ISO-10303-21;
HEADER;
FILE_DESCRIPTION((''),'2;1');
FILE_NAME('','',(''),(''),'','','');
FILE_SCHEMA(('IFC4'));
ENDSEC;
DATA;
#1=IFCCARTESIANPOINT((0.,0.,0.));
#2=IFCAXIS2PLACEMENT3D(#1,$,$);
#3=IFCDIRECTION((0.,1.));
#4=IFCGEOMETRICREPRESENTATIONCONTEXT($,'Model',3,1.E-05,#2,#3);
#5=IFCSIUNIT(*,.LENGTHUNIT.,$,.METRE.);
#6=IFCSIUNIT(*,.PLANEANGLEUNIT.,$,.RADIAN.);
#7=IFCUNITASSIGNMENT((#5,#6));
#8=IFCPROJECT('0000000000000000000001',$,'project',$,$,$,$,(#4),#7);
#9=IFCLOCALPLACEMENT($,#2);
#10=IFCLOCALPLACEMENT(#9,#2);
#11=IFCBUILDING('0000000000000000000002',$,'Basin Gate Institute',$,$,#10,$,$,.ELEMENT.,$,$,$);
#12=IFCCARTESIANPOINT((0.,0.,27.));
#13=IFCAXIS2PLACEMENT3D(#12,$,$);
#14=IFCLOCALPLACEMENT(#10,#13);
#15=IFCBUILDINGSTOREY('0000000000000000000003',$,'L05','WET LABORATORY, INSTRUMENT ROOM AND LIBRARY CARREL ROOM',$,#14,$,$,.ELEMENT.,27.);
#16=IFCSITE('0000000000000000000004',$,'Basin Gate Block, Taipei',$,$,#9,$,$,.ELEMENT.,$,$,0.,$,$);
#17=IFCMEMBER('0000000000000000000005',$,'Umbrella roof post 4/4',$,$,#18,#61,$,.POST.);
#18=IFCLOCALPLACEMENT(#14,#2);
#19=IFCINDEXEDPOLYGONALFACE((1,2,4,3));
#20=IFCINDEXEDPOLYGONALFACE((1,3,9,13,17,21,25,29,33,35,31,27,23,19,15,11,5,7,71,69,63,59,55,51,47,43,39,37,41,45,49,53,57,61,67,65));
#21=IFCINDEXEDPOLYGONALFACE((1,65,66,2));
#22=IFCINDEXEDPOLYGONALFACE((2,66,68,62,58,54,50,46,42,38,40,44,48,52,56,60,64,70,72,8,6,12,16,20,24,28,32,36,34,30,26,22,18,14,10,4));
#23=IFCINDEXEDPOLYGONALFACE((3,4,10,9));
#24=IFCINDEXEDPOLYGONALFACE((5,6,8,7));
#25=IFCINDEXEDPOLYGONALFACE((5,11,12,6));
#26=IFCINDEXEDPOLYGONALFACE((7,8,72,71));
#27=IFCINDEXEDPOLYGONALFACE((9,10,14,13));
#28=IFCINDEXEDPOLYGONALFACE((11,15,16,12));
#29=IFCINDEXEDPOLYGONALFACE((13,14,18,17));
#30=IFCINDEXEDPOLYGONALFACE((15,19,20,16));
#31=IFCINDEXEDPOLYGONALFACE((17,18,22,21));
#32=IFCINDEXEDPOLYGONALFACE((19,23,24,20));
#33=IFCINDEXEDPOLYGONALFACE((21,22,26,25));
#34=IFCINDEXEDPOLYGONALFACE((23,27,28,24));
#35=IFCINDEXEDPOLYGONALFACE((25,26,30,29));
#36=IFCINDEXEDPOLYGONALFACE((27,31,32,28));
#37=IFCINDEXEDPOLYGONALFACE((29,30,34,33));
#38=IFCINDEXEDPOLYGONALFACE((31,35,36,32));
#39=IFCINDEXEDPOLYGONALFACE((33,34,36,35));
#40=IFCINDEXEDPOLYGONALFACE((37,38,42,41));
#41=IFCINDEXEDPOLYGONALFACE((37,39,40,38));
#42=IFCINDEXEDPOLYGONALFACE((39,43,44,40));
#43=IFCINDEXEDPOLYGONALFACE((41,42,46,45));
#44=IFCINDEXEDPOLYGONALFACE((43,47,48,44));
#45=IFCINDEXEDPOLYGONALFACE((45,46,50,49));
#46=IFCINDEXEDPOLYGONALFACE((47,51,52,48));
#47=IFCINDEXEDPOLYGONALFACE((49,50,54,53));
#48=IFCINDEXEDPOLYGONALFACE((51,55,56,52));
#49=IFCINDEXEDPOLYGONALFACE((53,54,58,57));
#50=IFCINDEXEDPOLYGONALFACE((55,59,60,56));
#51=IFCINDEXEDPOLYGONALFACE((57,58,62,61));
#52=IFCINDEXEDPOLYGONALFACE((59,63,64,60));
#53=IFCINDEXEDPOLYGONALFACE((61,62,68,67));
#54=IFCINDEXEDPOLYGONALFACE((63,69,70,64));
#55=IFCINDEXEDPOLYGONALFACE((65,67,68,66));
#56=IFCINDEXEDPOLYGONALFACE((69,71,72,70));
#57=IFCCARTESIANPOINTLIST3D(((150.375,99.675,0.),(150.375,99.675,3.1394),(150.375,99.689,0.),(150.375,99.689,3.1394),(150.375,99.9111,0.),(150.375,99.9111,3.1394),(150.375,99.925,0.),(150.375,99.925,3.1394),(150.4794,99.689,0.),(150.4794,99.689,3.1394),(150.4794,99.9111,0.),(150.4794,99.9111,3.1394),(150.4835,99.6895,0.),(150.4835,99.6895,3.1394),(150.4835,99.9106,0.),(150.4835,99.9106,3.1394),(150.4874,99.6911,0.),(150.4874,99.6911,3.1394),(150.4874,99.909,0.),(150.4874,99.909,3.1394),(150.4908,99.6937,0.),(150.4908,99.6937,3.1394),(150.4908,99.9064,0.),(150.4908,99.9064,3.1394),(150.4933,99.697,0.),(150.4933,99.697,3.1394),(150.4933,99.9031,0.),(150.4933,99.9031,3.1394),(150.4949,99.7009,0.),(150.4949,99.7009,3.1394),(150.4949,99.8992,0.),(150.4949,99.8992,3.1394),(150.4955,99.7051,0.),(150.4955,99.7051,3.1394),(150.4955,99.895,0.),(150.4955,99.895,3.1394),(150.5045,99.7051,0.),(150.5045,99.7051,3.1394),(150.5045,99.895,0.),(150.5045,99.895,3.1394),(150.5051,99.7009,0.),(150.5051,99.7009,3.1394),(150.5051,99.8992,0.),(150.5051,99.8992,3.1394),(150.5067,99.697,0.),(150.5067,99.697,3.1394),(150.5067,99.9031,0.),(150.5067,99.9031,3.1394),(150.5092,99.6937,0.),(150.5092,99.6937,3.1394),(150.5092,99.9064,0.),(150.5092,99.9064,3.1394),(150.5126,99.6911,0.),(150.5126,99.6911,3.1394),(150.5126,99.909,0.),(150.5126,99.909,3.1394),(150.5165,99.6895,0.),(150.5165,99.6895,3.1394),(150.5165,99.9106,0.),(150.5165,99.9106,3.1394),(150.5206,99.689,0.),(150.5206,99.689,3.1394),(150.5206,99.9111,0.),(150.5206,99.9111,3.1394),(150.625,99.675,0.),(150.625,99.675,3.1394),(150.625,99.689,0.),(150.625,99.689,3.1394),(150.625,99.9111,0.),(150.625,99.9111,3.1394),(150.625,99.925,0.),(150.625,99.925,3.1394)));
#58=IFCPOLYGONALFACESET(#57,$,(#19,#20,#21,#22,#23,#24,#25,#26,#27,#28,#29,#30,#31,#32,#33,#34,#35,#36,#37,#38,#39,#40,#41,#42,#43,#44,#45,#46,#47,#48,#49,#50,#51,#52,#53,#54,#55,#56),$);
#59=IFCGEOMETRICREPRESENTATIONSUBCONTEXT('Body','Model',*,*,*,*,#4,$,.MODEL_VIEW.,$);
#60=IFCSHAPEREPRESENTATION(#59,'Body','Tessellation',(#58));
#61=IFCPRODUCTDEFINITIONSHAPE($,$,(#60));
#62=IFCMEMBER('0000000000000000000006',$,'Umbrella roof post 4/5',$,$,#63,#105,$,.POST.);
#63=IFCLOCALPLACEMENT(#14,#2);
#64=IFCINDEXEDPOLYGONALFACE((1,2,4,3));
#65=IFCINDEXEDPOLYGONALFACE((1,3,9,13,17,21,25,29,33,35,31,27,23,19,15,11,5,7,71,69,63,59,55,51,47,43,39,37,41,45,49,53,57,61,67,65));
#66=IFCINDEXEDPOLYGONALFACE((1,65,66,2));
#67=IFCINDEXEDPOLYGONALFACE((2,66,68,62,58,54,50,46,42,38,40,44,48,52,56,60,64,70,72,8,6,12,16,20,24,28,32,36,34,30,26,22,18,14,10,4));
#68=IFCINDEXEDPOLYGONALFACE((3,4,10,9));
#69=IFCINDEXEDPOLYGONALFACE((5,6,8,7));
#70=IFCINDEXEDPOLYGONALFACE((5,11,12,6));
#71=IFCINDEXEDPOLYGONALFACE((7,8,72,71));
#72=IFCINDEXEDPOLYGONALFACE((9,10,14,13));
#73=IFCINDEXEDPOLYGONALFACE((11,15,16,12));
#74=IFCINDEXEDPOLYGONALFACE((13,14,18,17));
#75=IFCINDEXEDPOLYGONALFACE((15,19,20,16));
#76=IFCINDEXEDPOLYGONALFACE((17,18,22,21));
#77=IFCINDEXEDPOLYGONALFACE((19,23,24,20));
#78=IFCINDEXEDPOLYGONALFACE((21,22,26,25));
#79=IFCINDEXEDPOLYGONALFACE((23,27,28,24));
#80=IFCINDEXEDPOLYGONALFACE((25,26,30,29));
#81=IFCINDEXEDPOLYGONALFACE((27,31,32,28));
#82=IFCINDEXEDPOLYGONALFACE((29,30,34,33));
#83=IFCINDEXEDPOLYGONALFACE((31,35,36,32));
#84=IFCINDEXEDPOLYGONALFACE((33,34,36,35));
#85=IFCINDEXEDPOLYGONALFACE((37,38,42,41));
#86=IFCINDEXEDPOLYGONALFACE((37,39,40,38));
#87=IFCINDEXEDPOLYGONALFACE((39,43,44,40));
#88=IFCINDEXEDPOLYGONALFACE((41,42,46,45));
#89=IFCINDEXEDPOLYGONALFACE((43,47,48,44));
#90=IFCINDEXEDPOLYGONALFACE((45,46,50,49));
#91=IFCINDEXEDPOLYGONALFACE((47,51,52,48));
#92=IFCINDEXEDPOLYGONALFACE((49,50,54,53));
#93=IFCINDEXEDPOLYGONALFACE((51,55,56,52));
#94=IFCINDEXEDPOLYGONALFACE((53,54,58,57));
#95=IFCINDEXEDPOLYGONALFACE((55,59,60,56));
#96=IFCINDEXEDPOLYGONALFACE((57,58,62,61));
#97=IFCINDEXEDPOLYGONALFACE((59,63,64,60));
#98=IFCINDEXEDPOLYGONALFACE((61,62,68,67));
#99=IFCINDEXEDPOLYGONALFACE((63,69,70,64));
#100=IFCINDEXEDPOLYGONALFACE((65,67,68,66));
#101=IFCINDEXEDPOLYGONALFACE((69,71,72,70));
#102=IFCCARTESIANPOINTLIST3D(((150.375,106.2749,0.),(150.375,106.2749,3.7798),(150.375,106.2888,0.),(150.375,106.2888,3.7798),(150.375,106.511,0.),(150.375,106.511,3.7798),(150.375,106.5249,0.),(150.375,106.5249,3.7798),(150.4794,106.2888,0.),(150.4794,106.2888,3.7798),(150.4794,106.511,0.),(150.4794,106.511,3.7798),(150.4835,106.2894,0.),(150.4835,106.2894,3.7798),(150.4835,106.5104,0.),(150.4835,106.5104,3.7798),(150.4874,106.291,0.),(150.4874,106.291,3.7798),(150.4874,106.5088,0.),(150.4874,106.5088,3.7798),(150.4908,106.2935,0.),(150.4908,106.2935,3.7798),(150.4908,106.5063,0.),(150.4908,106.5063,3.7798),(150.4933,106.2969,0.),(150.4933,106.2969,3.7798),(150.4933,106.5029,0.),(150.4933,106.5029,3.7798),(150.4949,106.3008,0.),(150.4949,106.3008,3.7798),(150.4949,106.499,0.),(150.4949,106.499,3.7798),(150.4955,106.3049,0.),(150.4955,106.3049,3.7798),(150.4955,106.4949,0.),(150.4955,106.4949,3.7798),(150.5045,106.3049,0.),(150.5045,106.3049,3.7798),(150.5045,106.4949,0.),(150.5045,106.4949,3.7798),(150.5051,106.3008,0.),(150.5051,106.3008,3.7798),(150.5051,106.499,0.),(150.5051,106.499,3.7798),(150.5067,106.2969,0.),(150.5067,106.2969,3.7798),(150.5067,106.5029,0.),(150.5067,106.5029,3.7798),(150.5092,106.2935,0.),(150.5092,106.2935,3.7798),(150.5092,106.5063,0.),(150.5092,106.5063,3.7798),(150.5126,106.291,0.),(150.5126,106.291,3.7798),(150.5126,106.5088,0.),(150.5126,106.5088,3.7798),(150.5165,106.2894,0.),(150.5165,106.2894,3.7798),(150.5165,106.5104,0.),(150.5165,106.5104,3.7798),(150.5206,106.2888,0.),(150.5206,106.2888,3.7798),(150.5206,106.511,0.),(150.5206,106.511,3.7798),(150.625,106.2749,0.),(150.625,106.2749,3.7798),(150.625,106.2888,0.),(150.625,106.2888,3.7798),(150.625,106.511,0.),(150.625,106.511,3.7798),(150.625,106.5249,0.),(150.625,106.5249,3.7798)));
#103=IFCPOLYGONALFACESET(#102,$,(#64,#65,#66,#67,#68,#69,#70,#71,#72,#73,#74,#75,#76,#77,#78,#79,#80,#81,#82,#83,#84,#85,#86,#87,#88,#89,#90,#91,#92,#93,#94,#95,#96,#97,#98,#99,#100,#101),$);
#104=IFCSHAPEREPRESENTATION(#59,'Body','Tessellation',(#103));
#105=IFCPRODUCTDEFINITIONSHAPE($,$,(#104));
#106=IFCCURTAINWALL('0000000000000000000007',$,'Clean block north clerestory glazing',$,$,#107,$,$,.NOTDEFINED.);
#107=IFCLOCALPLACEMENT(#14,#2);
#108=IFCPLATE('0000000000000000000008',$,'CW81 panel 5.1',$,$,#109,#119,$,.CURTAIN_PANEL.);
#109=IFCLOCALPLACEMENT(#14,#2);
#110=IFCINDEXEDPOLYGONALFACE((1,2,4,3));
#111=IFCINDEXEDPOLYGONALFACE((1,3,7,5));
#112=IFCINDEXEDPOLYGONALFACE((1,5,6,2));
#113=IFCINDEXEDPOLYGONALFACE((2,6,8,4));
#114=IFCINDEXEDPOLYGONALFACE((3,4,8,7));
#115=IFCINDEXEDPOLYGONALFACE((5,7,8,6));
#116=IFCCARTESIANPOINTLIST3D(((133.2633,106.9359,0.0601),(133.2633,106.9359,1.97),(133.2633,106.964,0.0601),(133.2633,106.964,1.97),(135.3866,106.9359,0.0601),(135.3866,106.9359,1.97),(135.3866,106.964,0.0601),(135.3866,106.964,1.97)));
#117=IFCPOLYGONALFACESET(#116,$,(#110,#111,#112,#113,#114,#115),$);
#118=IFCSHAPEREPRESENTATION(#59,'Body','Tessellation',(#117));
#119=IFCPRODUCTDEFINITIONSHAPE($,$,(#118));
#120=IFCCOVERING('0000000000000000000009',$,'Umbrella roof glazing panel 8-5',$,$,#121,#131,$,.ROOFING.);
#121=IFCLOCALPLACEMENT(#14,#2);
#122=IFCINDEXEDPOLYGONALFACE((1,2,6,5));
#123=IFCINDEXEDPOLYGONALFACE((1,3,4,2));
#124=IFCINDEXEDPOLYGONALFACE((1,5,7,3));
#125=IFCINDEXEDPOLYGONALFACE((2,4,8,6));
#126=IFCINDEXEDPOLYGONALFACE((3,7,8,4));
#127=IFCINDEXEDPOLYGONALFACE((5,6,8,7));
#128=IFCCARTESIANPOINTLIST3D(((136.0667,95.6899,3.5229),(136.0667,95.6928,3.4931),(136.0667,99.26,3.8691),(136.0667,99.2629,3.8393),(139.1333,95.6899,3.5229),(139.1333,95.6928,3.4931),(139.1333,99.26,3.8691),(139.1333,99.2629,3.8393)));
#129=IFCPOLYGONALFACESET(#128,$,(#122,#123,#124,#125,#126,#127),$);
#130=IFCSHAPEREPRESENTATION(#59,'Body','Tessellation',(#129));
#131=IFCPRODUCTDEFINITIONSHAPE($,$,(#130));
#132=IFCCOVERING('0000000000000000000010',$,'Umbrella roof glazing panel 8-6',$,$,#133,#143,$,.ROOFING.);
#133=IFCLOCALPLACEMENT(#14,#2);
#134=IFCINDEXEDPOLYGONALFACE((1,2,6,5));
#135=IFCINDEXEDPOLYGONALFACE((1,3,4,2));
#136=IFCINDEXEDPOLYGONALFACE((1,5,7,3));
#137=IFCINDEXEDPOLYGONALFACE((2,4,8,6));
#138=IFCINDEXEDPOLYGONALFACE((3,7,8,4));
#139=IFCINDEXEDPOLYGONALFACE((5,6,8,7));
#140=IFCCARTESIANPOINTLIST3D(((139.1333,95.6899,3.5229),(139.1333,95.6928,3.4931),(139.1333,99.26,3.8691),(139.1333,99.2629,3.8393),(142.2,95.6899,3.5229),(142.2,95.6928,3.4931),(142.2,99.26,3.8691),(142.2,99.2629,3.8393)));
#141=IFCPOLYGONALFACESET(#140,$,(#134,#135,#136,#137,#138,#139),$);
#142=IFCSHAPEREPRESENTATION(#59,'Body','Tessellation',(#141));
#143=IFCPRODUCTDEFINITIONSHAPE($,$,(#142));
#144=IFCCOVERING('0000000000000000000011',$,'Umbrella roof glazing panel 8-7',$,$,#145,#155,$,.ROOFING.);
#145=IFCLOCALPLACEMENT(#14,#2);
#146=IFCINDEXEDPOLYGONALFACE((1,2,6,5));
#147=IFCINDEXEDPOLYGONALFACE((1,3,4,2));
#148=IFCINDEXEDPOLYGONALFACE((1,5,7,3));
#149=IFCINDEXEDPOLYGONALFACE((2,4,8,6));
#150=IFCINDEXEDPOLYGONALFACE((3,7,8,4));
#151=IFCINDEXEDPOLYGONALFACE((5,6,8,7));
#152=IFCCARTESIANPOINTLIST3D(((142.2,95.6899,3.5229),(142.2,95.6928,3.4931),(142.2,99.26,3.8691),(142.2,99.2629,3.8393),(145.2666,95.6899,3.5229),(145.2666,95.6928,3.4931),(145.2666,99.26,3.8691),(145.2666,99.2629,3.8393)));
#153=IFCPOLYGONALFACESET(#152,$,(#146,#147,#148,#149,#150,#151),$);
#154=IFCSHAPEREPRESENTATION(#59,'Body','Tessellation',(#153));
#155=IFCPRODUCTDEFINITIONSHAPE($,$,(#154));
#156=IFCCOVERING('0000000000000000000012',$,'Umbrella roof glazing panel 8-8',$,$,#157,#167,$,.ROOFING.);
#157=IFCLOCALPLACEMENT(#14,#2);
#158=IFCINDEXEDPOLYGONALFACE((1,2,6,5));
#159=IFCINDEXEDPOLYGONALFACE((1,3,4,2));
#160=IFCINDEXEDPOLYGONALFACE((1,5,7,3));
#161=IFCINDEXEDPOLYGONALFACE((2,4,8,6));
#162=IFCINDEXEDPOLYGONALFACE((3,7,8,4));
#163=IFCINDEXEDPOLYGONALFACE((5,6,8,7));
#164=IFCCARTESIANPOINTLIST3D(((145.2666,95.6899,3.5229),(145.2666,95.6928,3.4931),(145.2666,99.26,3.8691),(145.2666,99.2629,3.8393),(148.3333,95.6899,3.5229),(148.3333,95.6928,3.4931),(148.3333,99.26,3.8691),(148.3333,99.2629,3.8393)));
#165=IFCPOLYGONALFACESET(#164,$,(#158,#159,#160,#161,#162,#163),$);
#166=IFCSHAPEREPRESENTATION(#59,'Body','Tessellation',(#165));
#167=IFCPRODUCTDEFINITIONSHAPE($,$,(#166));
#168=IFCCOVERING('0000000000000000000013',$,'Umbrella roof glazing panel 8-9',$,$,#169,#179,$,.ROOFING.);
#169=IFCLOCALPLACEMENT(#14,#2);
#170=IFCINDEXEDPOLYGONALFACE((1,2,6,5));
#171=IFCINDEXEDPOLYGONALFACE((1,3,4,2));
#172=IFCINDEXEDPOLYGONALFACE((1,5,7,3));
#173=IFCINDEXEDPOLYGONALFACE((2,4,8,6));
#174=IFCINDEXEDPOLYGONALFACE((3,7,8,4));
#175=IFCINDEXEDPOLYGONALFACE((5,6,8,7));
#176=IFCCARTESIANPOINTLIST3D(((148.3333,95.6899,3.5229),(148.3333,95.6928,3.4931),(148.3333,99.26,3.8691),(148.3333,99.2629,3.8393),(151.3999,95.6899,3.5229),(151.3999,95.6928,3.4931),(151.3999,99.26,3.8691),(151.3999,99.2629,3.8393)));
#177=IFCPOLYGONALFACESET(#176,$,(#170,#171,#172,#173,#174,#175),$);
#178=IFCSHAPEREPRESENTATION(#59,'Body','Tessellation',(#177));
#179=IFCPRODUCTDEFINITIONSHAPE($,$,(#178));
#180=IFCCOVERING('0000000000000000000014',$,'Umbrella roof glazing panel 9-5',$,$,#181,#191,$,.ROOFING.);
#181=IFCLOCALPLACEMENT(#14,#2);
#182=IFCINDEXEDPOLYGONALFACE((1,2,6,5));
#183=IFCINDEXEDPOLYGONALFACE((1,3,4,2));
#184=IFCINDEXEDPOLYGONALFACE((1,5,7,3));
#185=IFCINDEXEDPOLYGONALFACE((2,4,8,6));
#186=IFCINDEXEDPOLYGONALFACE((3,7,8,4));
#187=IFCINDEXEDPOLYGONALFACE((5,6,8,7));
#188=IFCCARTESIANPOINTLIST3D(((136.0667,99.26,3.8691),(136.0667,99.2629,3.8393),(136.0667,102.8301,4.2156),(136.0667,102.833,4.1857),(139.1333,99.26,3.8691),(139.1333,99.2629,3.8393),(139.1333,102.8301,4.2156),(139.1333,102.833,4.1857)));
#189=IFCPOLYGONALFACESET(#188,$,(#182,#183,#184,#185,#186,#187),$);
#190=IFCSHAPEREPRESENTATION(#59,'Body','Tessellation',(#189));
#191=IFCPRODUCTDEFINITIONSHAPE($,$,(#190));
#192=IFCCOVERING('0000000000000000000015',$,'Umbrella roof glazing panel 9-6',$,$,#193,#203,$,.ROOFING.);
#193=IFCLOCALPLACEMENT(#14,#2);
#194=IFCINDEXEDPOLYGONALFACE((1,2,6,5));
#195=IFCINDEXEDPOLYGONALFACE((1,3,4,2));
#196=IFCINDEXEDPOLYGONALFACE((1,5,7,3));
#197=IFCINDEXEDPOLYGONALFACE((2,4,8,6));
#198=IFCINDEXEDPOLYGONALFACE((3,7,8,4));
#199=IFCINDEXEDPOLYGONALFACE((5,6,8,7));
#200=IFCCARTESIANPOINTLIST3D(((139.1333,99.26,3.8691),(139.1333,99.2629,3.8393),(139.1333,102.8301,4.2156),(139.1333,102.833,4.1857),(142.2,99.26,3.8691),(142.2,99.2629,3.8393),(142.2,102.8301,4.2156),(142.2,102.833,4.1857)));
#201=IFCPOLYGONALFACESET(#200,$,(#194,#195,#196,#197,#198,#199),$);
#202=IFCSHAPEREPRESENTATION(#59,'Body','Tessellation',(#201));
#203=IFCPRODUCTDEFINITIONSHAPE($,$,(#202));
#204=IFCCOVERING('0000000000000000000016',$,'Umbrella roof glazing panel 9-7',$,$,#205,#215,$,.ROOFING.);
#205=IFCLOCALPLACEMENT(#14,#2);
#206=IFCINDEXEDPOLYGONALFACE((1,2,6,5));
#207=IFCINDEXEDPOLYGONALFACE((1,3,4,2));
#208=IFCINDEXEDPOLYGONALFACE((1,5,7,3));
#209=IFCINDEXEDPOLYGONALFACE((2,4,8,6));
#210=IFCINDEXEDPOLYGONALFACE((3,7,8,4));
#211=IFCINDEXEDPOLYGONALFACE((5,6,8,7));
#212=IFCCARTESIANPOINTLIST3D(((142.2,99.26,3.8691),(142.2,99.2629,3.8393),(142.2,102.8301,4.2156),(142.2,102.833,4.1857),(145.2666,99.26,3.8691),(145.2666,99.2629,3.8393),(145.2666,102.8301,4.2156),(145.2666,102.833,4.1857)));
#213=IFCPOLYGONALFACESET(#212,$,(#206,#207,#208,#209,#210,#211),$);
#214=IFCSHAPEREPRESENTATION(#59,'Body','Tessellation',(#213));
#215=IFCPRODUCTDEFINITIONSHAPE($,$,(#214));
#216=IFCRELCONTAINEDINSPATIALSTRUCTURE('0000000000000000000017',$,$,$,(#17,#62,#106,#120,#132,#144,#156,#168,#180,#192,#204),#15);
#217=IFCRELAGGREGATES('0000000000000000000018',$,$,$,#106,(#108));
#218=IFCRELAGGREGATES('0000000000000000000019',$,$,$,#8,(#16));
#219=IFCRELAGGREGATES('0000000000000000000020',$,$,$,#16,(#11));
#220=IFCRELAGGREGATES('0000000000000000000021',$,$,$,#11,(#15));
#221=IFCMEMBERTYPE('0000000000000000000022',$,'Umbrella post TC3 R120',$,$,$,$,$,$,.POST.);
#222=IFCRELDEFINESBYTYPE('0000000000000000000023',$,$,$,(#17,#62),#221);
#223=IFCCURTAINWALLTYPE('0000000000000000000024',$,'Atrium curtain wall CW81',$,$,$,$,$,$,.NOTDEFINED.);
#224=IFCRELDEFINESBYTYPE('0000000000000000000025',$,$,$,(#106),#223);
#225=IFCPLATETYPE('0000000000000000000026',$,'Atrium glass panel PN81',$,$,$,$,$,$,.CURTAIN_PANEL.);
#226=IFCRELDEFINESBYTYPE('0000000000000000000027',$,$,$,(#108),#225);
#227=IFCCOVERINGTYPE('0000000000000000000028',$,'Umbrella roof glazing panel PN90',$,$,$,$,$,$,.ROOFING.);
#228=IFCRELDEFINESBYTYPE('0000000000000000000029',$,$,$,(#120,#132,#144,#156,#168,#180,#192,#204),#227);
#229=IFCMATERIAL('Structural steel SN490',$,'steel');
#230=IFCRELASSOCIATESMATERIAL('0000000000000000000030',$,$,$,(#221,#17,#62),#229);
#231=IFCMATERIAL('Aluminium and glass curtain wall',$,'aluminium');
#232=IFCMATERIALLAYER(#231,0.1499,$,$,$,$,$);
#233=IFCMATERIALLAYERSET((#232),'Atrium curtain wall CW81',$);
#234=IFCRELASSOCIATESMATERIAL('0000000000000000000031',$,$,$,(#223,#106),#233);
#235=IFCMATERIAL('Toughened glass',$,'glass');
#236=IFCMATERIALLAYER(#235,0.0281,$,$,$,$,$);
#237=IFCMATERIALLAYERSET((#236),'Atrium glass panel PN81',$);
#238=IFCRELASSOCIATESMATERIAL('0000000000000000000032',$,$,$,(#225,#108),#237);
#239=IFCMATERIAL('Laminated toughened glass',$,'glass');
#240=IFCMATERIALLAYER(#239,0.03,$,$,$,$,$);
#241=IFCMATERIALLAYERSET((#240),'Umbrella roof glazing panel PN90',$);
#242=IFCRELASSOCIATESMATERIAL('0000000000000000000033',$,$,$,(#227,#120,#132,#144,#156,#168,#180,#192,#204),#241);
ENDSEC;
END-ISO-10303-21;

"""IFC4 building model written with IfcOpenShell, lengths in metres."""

from ifc_helpers import new_model, si_unit, direction, frame, origin, origin_2d, place, context, subcontext, project, spatial, polyline, rectangle, i_section, outline, extrude, material, layer, layer_set, material_profile, profile_set, type_object, element, aggregate, save


model = new_model("IFC4")

# Units and contexts
model_context = context("Model", 3, precision=1e-05, world=origin(), true_north=direction((0.0, 1.0)))
body_context = subcontext(model_context, "Body", "Model", "MODEL_VIEW")
ifc_project = project(units=[si_unit("LENGTHUNIT", "METRE"), si_unit("PLANEANGLEUNIT", "RADIAN")], contexts=[model_context])

# Site, building, storey
site_placement = place(None, origin())
site = spatial("IfcSite", under=ifc_project, at=site_placement, Name="Basin Gate Block, Taipei", CompositionType="ELEMENT", RefElevation=0.0)
building_placement = place(site_placement, origin())
building = spatial("IfcBuilding", under=site, at=building_placement, Name="Basin Gate Institute", CompositionType="ELEMENT")
storey_placement = place(building_placement, frame((0.0, 0.0, 27.0)))
storey = spatial("IfcBuildingStorey", under=building, at=storey_placement, Name="L05", Description="WET LABORATORY, INSTRUMENT ROOM AND LIBRARY CARREL ROOM", CompositionType="ELEMENT", Elevation=27.0)

# Members
ifc_material_1 = material(Name="Structural steel SN490", Category="steel")
ifc_material_profile = material_profile(ifc_material_1, i_section(OverallWidth=0.25, OverallDepth=0.25, WebThickness=0.009, FlangeThickness=0.0139, FilletRadius=0.0161, at=origin_2d()), Name="H250x250")
ifc_profile_set = profile_set([ifc_material_profile], Name="Structural steel SN490")
member_type = type_object("IfcMemberType", Name="Umbrella post TC3 R120", PredefinedType="POST", material=ifc_profile_set)
member_1_placement = place(storey_placement, frame((150.5, 99.8, 0.0), z_axis=(0.0, 0.0, 1.0), x_axis=(1.0, 0.0, 0.0)))
element("IfcMember", 1, at=member_1_placement, inside=storey, type_object=member_type, material=ifc_profile_set, Name="Umbrella roof post 4/4", PredefinedType="POST", context=body_context, shape_type="SweptSolid", body=[
    extrude(i_section(OverallWidth=0.25, OverallDepth=0.25, WebThickness=0.009, FlangeThickness=0.0139, FilletRadius=0.0161, at=origin_2d()), origin(), (0.0, 0.0, 1.0), 3.1394),
])
member_2_placement = place(storey_placement, frame((150.5, 106.3999, 0.0), z_axis=(0.0, 0.0, 1.0), x_axis=(1.0, 0.0, 0.0)))
element("IfcMember", 2, at=member_2_placement, inside=storey, type_object=member_type, material=ifc_profile_set, Name="Umbrella roof post 4/5", PredefinedType="POST", context=body_context, shape_type="SweptSolid", body=[
    extrude(i_section(OverallWidth=0.25, OverallDepth=0.25, WebThickness=0.009, FlangeThickness=0.0139, FilletRadius=0.0161, at=origin_2d()), origin(), (0.0, 0.0, 1.0), 3.7798),
])

# Curtain wall, plate
ifc_material_2 = material(Name="Aluminium and glass curtain wall", Category="aluminium")
ifc_layer_1 = layer(ifc_material_2, 0.1499)
ifc_layer_set_1 = layer_set([ifc_layer_1], Name="Atrium curtain wall CW81")
curtain_wall_type = type_object("IfcCurtainWallType", Name="Atrium curtain wall CW81", PredefinedType="NOTDEFINED", material=ifc_layer_set_1)
curtain_wall_placement = place(storey_placement, origin())
curtain_wall = element("IfcCurtainWall", 3, at=curtain_wall_placement, inside=storey, type_object=curtain_wall_type, material=ifc_layer_set_1, Name="Clean block north clerestory glazing", PredefinedType="NOTDEFINED")
ifc_material_3 = material(Name="Toughened glass", Category="glass")
ifc_layer_2 = layer(ifc_material_3, 0.0281)
ifc_layer_set_2 = layer_set([ifc_layer_2], Name="Atrium glass panel PN81")
plate_type = type_object("IfcPlateType", Name="Atrium glass panel PN81", PredefinedType="CURTAIN_PANEL", material=ifc_layer_set_2)
plate_placement = place(storey_placement, frame((134.325, 106.95, 0.0601), z_axis=(0.0, 0.0, 1.0), x_axis=(1.0, 0.0, 0.0)))
plate = element("IfcPlate", 4, at=plate_placement, type_object=plate_type, material=ifc_layer_set_2, Name="CW81 panel 5.1", PredefinedType="CURTAIN_PANEL", context=body_context, shape_type="SweptSolid", body=[
    extrude(rectangle(XDim=2.1233, YDim=0.0281, at=origin_2d()), origin(), (0.0, 0.0, 1.0), 1.9099),
])
aggregate(curtain_wall, [plate])

# Coverings
ifc_material_4 = material(Name="Laminated toughened glass", Category="glass")
ifc_layer_3 = layer(ifc_material_4, 0.03)
ifc_layer_set_3 = layer_set([ifc_layer_3], Name="Umbrella roof glazing panel PN90")
covering_type = type_object("IfcCoveringType", Name="Umbrella roof glazing panel PN90", PredefinedType="ROOFING", material=ifc_layer_set_3)
for number, where, z_axis, x_axis, name in (
    (5, (136.0667, 95.6899, 3.5229), (0.0, -0.096518, 0.995331), (1.0, 0.0, 0.0), "Umbrella roof glazing panel 8-5"),
    (6, (139.1333, 95.6899, 3.5229), (0.0, -0.096518, 0.995331), (1.0, 0.0, 0.0), "Umbrella roof glazing panel 8-6"),
    (7, (142.2, 95.6899, 3.5229), (0.0, -0.096518, 0.995331), (1.0, 0.0, 0.0), "Umbrella roof glazing panel 8-7"),
    (8, (145.2666, 95.6899, 3.5229), (0.0, -0.096518, 0.995331), (1.0, 0.0, 0.0), "Umbrella roof glazing panel 8-8"),
    (9, (148.3333, 95.6899, 3.5229), (0.0, -0.096518, 0.995331), (1.0, 0.0, 0.0), "Umbrella roof glazing panel 8-9"),
):
    element("IfcCovering", number, at=place(storey_placement, frame(where, z_axis=z_axis, x_axis=x_axis)), inside=storey, type_object=covering_type, material=ifc_layer_set_3, Name=name, PredefinedType="ROOFING", context=body_context, shape_type="SweptSolid", body=[
        extrude(outline(polyline([(0.0, 0.0), (3.0667, 0.0), (3.0667, 3.5868), (0.0, 3.5868), (0.0, 0.0)])), origin(), (0.0, 0.0, -1.0), 0.03),
    ])
for number, where, z_axis, x_axis, name in (
    (10, (136.0667, 99.26, 3.8691), (0.0, -0.096585, 0.995325), (1.0, 0.0, 0.0), "Umbrella roof glazing panel 9-5"),
    (11, (139.1333, 99.26, 3.8691), (0.0, -0.096585, 0.995325), (1.0, 0.0, 0.0), "Umbrella roof glazing panel 9-6"),
    (12, (142.2, 99.26, 3.8691), (0.0, -0.096585, 0.995325), (1.0, 0.0, 0.0), "Umbrella roof glazing panel 9-7"),
):
    element("IfcCovering", number, at=place(storey_placement, frame(where, z_axis=z_axis, x_axis=x_axis)), inside=storey, type_object=covering_type, material=ifc_layer_set_3, Name=name, PredefinedType="ROOFING", context=body_context, shape_type="SweptSolid", body=[
        extrude(outline(polyline([(0.0, 0.0), (3.0667, 0.0), (3.0667, 3.5868), (0.0, 3.5868), (0.0, 0.0)])), origin(), (0.0, 0.0, -1.0), 0.03),
    ])

save(model, "model.ifc")
